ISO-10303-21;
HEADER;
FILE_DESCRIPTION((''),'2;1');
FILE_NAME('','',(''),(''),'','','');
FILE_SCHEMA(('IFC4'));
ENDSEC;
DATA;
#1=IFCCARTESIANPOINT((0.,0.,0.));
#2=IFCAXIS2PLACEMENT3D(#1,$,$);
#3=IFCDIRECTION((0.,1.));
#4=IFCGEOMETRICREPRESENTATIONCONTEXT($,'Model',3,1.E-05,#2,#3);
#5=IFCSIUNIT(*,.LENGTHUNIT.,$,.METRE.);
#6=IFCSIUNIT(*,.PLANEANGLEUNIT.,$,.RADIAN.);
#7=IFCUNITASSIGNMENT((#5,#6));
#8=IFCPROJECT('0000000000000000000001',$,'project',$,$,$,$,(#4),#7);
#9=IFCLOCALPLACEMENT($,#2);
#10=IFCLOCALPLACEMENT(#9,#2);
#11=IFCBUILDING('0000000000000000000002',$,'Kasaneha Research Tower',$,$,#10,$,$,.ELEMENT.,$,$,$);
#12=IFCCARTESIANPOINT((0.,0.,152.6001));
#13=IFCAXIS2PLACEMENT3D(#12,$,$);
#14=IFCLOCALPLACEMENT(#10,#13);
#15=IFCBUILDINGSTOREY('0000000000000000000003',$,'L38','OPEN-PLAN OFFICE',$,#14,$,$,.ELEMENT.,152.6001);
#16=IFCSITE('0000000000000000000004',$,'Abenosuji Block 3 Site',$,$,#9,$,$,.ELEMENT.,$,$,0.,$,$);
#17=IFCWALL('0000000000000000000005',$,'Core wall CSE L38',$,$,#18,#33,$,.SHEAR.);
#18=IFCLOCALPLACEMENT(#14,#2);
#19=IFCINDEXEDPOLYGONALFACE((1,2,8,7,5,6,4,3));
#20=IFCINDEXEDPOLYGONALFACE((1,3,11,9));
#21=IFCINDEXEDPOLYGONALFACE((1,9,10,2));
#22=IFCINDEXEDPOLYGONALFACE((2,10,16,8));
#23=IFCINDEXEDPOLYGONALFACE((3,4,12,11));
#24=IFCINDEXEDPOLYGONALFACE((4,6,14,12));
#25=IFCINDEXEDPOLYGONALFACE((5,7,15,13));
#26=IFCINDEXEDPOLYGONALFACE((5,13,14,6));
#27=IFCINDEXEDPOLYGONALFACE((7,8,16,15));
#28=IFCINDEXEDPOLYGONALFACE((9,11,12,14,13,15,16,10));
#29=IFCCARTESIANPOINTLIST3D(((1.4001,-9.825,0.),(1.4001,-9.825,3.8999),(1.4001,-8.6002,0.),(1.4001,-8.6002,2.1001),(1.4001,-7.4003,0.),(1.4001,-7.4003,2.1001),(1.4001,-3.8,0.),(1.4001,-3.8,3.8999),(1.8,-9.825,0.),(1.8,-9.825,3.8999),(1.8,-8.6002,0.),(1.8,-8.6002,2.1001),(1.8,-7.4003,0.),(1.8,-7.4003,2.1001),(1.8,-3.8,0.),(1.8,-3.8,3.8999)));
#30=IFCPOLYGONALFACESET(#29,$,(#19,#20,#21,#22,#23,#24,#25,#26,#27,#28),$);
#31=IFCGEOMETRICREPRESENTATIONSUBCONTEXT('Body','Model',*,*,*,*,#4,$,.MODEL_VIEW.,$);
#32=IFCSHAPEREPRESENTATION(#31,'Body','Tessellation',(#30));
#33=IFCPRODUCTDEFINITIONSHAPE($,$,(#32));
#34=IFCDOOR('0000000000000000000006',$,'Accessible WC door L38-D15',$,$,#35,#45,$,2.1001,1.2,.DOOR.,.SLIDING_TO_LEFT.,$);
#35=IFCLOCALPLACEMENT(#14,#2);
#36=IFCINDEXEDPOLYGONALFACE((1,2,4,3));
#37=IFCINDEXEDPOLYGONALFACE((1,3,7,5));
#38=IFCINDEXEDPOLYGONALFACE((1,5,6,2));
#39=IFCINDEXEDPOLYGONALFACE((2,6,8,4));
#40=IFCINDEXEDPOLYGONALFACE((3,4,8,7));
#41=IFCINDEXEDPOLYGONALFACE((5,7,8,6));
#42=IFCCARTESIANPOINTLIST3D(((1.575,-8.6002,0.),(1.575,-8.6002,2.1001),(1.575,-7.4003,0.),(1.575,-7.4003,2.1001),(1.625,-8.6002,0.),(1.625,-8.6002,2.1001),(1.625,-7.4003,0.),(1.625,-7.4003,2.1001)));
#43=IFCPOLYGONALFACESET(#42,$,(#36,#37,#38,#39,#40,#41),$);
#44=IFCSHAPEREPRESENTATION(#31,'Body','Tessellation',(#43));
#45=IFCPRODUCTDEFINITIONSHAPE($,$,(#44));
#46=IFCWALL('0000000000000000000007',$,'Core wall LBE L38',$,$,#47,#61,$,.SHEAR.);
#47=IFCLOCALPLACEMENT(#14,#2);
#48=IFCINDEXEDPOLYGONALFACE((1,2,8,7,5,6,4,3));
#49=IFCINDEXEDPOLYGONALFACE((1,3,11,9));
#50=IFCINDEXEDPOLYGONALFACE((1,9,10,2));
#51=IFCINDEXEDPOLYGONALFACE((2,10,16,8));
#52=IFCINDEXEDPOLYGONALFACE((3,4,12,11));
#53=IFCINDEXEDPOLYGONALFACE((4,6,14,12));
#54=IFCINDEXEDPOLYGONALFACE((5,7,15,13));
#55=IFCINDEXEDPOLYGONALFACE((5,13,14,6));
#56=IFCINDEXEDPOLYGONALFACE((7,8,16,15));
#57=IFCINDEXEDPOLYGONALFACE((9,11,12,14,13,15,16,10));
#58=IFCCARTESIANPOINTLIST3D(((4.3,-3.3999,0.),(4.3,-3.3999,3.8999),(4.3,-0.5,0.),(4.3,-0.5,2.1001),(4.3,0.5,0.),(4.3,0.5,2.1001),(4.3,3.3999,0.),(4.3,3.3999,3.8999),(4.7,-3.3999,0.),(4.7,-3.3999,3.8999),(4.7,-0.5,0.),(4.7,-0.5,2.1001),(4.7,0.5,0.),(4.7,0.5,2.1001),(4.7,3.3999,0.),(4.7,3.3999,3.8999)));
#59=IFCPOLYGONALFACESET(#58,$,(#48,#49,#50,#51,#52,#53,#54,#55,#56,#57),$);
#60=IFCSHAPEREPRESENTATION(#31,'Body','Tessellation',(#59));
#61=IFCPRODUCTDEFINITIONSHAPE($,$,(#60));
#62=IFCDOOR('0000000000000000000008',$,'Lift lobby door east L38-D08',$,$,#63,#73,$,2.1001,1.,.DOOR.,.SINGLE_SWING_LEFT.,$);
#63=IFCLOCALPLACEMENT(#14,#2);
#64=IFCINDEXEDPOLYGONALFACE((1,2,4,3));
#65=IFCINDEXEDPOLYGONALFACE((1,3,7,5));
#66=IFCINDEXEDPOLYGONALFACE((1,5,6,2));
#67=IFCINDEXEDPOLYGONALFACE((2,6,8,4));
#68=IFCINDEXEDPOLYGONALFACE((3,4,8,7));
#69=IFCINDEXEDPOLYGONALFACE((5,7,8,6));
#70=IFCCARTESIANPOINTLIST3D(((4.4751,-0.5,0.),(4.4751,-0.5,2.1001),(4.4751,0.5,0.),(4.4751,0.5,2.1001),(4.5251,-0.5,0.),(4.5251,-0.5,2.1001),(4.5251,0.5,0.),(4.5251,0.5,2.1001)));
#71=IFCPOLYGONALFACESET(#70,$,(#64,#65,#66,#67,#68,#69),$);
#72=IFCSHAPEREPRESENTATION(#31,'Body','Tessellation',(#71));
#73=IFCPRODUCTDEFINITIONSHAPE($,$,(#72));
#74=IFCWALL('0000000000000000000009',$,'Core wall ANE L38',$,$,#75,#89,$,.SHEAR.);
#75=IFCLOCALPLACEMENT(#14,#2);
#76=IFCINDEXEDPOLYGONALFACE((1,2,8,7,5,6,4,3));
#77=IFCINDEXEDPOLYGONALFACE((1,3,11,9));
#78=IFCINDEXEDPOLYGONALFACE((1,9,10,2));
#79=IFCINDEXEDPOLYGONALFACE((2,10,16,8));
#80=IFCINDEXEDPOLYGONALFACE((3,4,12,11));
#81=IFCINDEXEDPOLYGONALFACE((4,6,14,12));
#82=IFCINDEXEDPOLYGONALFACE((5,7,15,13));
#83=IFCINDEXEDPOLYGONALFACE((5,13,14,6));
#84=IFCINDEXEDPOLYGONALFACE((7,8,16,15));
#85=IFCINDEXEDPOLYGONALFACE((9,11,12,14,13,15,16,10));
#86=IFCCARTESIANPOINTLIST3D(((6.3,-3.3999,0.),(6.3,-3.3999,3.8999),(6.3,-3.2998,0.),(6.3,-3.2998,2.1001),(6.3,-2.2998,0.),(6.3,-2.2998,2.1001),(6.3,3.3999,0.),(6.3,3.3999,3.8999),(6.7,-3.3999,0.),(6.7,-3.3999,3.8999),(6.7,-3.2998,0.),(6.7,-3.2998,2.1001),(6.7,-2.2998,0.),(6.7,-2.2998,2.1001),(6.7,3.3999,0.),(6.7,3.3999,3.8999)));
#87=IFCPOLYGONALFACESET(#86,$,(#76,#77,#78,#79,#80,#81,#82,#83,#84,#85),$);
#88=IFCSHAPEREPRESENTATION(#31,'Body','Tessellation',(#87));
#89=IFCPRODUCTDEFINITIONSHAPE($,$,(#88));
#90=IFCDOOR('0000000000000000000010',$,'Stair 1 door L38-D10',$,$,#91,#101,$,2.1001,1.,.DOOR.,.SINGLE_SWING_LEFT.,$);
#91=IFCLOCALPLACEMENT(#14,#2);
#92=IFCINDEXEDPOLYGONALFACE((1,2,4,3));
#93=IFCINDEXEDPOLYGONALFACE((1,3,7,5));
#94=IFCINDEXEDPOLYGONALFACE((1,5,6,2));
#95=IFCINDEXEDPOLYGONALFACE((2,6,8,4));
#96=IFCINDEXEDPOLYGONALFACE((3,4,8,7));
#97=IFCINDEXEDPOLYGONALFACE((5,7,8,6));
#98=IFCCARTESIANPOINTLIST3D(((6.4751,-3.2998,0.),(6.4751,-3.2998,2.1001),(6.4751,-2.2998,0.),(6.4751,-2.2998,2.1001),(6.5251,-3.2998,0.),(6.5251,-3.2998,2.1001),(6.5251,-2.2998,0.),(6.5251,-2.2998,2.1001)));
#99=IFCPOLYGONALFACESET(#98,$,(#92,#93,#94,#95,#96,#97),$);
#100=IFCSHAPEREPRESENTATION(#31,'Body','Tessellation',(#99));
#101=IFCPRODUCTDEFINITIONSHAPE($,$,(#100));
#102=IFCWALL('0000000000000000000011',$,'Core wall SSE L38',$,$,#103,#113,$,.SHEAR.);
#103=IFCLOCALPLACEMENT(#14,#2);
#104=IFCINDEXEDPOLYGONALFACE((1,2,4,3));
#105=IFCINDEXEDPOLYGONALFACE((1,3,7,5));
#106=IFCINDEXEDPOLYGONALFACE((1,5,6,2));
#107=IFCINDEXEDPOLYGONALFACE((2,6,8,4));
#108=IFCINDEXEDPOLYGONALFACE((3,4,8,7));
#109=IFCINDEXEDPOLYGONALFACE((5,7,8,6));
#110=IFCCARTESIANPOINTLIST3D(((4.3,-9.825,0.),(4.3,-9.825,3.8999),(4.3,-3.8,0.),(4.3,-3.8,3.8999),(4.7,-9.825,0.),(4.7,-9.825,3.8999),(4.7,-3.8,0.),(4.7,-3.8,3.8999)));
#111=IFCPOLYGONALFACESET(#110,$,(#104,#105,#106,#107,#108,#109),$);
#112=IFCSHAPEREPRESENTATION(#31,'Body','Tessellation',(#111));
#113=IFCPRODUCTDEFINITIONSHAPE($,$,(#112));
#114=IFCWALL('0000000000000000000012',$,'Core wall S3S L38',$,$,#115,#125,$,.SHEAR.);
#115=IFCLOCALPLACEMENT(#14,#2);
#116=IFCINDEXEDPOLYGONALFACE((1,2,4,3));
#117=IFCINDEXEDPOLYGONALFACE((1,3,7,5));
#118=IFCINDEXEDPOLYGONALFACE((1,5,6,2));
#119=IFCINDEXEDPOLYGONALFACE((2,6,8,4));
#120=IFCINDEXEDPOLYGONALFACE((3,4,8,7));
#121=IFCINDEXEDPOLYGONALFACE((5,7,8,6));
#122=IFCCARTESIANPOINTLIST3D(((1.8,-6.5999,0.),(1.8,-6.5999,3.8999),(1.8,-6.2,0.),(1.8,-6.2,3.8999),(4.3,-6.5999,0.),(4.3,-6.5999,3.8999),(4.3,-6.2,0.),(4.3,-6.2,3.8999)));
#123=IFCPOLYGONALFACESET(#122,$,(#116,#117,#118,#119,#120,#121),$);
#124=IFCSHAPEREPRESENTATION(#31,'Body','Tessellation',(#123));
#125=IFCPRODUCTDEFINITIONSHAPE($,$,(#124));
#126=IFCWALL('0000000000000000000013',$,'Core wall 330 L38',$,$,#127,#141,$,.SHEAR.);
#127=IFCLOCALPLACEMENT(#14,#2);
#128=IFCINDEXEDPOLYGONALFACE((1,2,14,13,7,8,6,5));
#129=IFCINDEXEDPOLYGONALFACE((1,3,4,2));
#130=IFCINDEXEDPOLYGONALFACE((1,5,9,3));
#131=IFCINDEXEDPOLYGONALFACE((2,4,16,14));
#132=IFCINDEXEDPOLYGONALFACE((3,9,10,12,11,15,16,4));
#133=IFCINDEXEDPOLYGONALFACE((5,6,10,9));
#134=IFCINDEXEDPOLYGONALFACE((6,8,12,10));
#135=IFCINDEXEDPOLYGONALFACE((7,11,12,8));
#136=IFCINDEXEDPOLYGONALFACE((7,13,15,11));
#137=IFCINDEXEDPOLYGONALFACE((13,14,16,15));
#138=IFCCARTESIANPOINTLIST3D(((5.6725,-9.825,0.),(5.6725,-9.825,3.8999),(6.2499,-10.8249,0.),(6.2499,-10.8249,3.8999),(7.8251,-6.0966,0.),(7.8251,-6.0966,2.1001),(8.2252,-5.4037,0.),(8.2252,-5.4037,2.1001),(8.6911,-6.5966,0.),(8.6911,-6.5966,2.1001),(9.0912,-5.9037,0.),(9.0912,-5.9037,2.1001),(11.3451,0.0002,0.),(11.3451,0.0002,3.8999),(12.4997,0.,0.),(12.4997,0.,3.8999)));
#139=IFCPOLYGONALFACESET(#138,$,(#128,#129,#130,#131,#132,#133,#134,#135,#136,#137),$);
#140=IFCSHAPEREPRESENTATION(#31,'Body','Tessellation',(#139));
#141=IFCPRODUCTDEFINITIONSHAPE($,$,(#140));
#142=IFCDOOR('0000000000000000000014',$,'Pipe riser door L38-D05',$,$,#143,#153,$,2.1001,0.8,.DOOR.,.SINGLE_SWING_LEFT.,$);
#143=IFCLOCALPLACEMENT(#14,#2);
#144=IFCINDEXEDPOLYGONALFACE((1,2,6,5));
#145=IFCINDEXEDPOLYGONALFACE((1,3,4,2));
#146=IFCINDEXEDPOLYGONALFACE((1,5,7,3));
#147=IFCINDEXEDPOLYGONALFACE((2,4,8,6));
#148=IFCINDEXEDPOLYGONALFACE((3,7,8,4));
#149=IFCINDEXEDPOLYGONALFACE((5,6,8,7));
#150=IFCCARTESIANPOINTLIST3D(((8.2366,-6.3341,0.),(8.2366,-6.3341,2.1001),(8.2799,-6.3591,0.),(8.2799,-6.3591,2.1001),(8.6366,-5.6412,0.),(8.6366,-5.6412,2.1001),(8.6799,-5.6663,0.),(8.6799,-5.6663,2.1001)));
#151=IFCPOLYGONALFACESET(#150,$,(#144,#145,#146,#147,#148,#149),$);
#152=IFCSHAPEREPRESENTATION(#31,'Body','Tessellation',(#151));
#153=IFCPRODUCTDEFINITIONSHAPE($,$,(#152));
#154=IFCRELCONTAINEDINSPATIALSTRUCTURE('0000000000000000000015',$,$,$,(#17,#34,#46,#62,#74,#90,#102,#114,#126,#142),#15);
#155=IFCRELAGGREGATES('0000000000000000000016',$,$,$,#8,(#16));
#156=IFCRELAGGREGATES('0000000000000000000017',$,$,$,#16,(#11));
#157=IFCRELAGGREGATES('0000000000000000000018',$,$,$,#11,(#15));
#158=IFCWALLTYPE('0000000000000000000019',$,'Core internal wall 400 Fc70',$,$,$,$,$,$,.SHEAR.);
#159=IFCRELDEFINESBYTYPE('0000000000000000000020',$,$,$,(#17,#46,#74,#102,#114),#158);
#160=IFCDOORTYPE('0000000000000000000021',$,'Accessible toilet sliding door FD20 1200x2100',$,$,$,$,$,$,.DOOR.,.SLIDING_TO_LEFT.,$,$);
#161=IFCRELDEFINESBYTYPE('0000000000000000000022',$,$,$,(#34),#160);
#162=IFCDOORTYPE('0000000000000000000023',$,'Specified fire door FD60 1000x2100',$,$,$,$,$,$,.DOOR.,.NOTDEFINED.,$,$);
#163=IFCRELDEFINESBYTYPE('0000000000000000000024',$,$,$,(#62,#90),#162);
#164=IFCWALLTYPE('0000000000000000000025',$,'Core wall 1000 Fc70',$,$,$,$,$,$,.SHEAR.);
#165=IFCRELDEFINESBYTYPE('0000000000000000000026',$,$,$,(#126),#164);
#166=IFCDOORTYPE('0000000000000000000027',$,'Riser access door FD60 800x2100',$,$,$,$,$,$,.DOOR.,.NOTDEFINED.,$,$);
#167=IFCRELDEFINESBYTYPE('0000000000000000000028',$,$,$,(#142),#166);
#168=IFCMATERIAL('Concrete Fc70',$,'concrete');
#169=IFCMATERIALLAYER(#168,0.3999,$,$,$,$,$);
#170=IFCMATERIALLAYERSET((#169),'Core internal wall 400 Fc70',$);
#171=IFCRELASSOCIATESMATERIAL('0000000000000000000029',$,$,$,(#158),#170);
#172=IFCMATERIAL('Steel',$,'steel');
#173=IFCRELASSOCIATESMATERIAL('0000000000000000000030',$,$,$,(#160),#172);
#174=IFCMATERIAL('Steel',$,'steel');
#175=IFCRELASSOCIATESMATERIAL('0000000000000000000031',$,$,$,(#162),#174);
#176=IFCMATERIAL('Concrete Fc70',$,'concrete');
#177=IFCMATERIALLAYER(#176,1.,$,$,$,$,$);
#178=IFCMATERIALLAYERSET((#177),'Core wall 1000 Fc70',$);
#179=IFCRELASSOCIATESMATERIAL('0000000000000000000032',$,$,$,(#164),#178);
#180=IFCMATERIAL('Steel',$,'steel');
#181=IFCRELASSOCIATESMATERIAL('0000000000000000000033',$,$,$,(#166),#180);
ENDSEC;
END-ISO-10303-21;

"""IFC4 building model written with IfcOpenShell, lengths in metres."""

from ifc_helpers import new_model, si_unit, direction, frame, frame_2d, origin, place, context, subcontext, project, spatial, polyline, rectangle, outline, extrude, material, layer, layer_set, type_object, element, fill, save


model = new_model("IFC4")

# Units and contexts
model_context = context("Model", 3, precision=1e-05, world=origin(), true_north=direction((0.0, 1.0)))
body_context = subcontext(model_context, "Body", "Model", "MODEL_VIEW")
ifc_project = project(units=[si_unit("LENGTHUNIT", "METRE"), si_unit("PLANEANGLEUNIT", "RADIAN")], contexts=[model_context])

# Site, building, storey
site_placement = place(None, origin())
site = spatial("IfcSite", under=ifc_project, at=site_placement, Name="Abenosuji Block 3 Site", CompositionType="ELEMENT", RefElevation=0.0)
building_placement = place(site_placement, origin())
building = spatial("IfcBuilding", under=site, at=building_placement, Name="Kasaneha Research Tower", CompositionType="ELEMENT")
storey_placement = place(building_placement, frame((0.0, 0.0, 152.6001)))
storey = spatial("IfcBuildingStorey", under=building, at=storey_placement, Name="L38", Description="OPEN-PLAN OFFICE", CompositionType="ELEMENT", Elevation=152.6001)

# Walls, openings, doors
ifc_material_1 = material(Name="Concrete Fc70", Category="concrete")
ifc_layer_1 = layer(ifc_material_1, 0.3999)
ifc_layer_set_1 = layer_set([ifc_layer_1], Name="Core internal wall 400 Fc70")
wall_type_1 = type_object("IfcWallType", Name="Core internal wall 400 Fc70", PredefinedType="SHEAR", material=ifc_layer_set_1)
wall_1_placement = place(storey_placement, frame((1.6001, -3.8, 0.0), z_axis=(0.0, 0.0, 1.0), x_axis=(0.0, -1.0, 0.0)))
wall_1 = element("IfcWall", 1, at=wall_1_placement, inside=storey, type_object=wall_type_1, Name="Core wall CSE L38", PredefinedType="SHEAR", context=body_context, shape_type="SweptSolid", body=[
    extrude(rectangle(XDim=6.0249, YDim=0.3999, at=frame_2d((3.0125, 0.0))), origin(), (0.0, 0.0, 1.0), 3.8999),
])
opening_1_placement = place(wall_1_placement, frame((3.6001, 0.0, 0.0)))
opening_1 = element("IfcOpeningElement", 2, at=opening_1_placement, cuts=wall_1, PredefinedType="OPENING", context=body_context, shape_type="SweptSolid", body=[
    extrude(rectangle(XDim=1.2, YDim=2.1001, at=frame_2d((0.6001, 1.05))), frame((0.0, 0.21, 0.0), z_axis=(0.0, -1.0, 0.0), x_axis=(1.0, 0.0, 0.0)), (0.0, 0.0, 1.0), 0.4199),
])
ifc_material_2 = material(Name="Steel", Category="steel")
door_type_1 = type_object("IfcDoorType", Name="Accessible toilet sliding door FD20 1200x2100", OperationType="SLIDING_TO_LEFT", PredefinedType="DOOR", material=ifc_material_2)
door_1_placement = place(opening_1_placement, origin())
door_1 = element("IfcDoor", 3, at=door_1_placement, inside=storey, type_object=door_type_1, Name="Accessible WC door L38-D15", OperationType="SLIDING_TO_LEFT", OverallHeight=2.1001, OverallWidth=1.2, PredefinedType="DOOR", context=body_context, shape_type="SweptSolid", body=[
    extrude(rectangle(XDim=1.2, YDim=2.1001, at=frame_2d((0.6001, 1.05))), frame((0.0, 0.0249, 0.0), z_axis=(0.0, -1.0, 0.0), x_axis=(1.0, 0.0, 0.0)), (0.0, 0.0, 1.0), 0.05),
])
fill(opening_1, door_1)
wall_2_placement = place(storey_placement, frame((4.5, -3.3999, 0.0), z_axis=(0.0, 0.0, 1.0), x_axis=(0.0, 1.0, 0.0)))
wall_2 = element("IfcWall", 4, at=wall_2_placement, inside=storey, type_object=wall_type_1, Name="Core wall LBE L38", PredefinedType="SHEAR", context=body_context, shape_type="SweptSolid", body=[
    extrude(rectangle(XDim=6.7998, YDim=0.3999, at=frame_2d((3.3999, 0.0))), origin(), (0.0, 0.0, 1.0), 3.8999),
])
opening_2_placement = place(wall_2_placement, frame((2.8999, 0.0, 0.0)))
opening_2 = element("IfcOpeningElement", 5, at=opening_2_placement, cuts=wall_2, PredefinedType="OPENING", context=body_context, shape_type="SweptSolid", body=[
    extrude(rectangle(XDim=1.0, YDim=2.1001, at=frame_2d((0.5, 1.05))), frame((0.0, 0.21, 0.0), z_axis=(0.0, -1.0, 0.0), x_axis=(1.0, 0.0, 0.0)), (0.0, 0.0, 1.0), 0.4199),
])
ifc_material_3 = material(Name="Steel", Category="steel")
door_type_2 = type_object("IfcDoorType", Name="Specified fire door FD60 1000x2100", OperationType="NOTDEFINED", PredefinedType="DOOR", material=ifc_material_3)
door_2_placement = place(opening_2_placement, origin())
door_2 = element("IfcDoor", 6, at=door_2_placement, inside=storey, type_object=door_type_2, Name="Lift lobby door east L38-D08", OperationType="SINGLE_SWING_LEFT", OverallHeight=2.1001, OverallWidth=1.0, PredefinedType="DOOR", context=body_context, shape_type="SweptSolid", body=[
    extrude(rectangle(XDim=1.0, YDim=2.1001, at=frame_2d((0.5, 1.05))), frame((0.0, 0.0249, 0.0), z_axis=(0.0, -1.0, 0.0), x_axis=(1.0, 0.0, 0.0)), (0.0, 0.0, 1.0), 0.05),
])
fill(opening_2, door_2)
wall_3_placement = place(storey_placement, frame((6.5, -3.3999, 0.0), z_axis=(0.0, 0.0, 1.0), x_axis=(0.0, 1.0, 0.0)))
wall_3 = element("IfcWall", 7, at=wall_3_placement, inside=storey, type_object=wall_type_1, Name="Core wall ANE L38", PredefinedType="SHEAR", context=body_context, shape_type="SweptSolid", body=[
    extrude(rectangle(XDim=6.7998, YDim=0.3999, at=frame_2d((3.3999, 0.0))), origin(), (0.0, 0.0, 1.0), 3.8999),
])
opening_3_placement = place(wall_3_placement, frame((0.1001, 0.0, 0.0)))
opening_3 = element("IfcOpeningElement", 8, at=opening_3_placement, cuts=wall_3, PredefinedType="OPENING", context=body_context, shape_type="SweptSolid", body=[
    extrude(rectangle(XDim=1.0, YDim=2.1001, at=frame_2d((0.5, 1.05))), frame((0.0, 0.21, 0.0), z_axis=(0.0, -1.0, 0.0), x_axis=(1.0, 0.0, 0.0)), (0.0, 0.0, 1.0), 0.4199),
])
door_3_placement = place(opening_3_placement, origin())
door_3 = element("IfcDoor", 9, at=door_3_placement, inside=storey, type_object=door_type_2, Name="Stair 1 door L38-D10", OperationType="SINGLE_SWING_LEFT", OverallHeight=2.1001, OverallWidth=1.0, PredefinedType="DOOR", context=body_context, shape_type="SweptSolid", body=[
    extrude(rectangle(XDim=1.0, YDim=2.1001, at=frame_2d((0.5, 1.05))), frame((0.0, 0.0249, 0.0), z_axis=(0.0, -1.0, 0.0), x_axis=(1.0, 0.0, 0.0)), (0.0, 0.0, 1.0), 0.05),
])
fill(opening_3, door_3)

# Walls
wall_4_placement = place(storey_placement, frame((4.5, -3.8, 0.0), z_axis=(0.0, 0.0, 1.0), x_axis=(0.0, -1.0, 0.0)))
element("IfcWall", 10, at=wall_4_placement, inside=storey, type_object=wall_type_1, Name="Core wall SSE L38", PredefinedType="SHEAR", context=body_context, shape_type="SweptSolid", body=[
    extrude(rectangle(XDim=6.0249, YDim=0.3999, at=frame_2d((3.0125, 0.0))), origin(), (0.0, 0.0, 1.0), 3.8999),
])
wall_5_placement = place(storey_placement, frame((1.8, -6.3999, 0.0), z_axis=(0.0, 0.0, 1.0), x_axis=(1.0, 0.0, 0.0)))
element("IfcWall", 11, at=wall_5_placement, inside=storey, type_object=wall_type_1, Name="Core wall S3S L38", PredefinedType="SHEAR", context=body_context, shape_type="SweptSolid", body=[
    extrude(rectangle(XDim=2.5, YDim=0.3999, at=frame_2d((1.25, 0.0))), origin(), (0.0, 0.0, 1.0), 3.8999),
])

# Wall, opening, door
ifc_material_4 = material(Name="Concrete Fc70", Category="concrete")
ifc_layer_2 = layer(ifc_material_4, 1.0)
ifc_layer_set_2 = layer_set([ifc_layer_2], Name="Core wall 1000 Fc70")
wall_type_2 = type_object("IfcWallType", Name="Core wall 1000 Fc70", PredefinedType="SHEAR", material=ifc_layer_set_2)
wall_6_placement = place(storey_placement, frame((5.9612, -10.325, 0.0), z_axis=(0.0, 0.0, 1.0), x_axis=(0.500004, 0.866023, 0.0)))
wall_6 = element("IfcWall", 12, at=wall_6_placement, inside=storey, type_object=wall_type_2, Name="Core wall 330 L38", PredefinedType="SHEAR", context=body_context, shape_type="SweptSolid", body=[
    extrude(outline(polyline([(-0.2886, -0.5), (4.594, -0.5), (5.394, -0.5), (12.2109, -0.5), (11.6338, 0.5), (5.394, 0.5), (4.594, 0.5), (0.2886, 0.5), (-0.2886, -0.5)])), origin(), (0.0, 0.0, 1.0), 3.8999),
])
opening_4_placement = place(wall_6_placement, frame((4.594, 0.0, 0.0)))
opening_4 = element("IfcOpeningElement", 13, at=opening_4_placement, cuts=wall_6, PredefinedType="OPENING", context=body_context, shape_type="SweptSolid", body=[
    extrude(rectangle(XDim=0.8, YDim=2.1001, at=frame_2d((0.3999, 1.05))), frame((0.0, 0.51, 0.0), z_axis=(0.0, -1.0, 0.0), x_axis=(1.0, 0.0, 0.0)), (0.0, 0.0, 1.0), 1.02),
])
ifc_material_5 = material(Name="Steel", Category="steel")
door_type_3 = type_object("IfcDoorType", Name="Riser access door FD60 800x2100", OperationType="NOTDEFINED", PredefinedType="DOOR", material=ifc_material_5)
door_4_placement = place(opening_4_placement, origin())
door_4 = element("IfcDoor", 14, at=door_4_placement, inside=storey, type_object=door_type_3, Name="Pipe riser door L38-D05", OperationType="SINGLE_SWING_LEFT", OverallHeight=2.1001, OverallWidth=0.8, PredefinedType="DOOR", context=body_context, shape_type="SweptSolid", body=[
    extrude(rectangle(XDim=0.8, YDim=2.1001, at=frame_2d((0.3999, 1.05))), frame((0.0, 0.0249, 0.0), z_axis=(0.0, -1.0, 0.0), x_axis=(1.0, 0.0, 0.0)), (0.0, 0.0, 1.0), 0.05),
])
fill(opening_4, door_4)

save(model, "model.ifc")
